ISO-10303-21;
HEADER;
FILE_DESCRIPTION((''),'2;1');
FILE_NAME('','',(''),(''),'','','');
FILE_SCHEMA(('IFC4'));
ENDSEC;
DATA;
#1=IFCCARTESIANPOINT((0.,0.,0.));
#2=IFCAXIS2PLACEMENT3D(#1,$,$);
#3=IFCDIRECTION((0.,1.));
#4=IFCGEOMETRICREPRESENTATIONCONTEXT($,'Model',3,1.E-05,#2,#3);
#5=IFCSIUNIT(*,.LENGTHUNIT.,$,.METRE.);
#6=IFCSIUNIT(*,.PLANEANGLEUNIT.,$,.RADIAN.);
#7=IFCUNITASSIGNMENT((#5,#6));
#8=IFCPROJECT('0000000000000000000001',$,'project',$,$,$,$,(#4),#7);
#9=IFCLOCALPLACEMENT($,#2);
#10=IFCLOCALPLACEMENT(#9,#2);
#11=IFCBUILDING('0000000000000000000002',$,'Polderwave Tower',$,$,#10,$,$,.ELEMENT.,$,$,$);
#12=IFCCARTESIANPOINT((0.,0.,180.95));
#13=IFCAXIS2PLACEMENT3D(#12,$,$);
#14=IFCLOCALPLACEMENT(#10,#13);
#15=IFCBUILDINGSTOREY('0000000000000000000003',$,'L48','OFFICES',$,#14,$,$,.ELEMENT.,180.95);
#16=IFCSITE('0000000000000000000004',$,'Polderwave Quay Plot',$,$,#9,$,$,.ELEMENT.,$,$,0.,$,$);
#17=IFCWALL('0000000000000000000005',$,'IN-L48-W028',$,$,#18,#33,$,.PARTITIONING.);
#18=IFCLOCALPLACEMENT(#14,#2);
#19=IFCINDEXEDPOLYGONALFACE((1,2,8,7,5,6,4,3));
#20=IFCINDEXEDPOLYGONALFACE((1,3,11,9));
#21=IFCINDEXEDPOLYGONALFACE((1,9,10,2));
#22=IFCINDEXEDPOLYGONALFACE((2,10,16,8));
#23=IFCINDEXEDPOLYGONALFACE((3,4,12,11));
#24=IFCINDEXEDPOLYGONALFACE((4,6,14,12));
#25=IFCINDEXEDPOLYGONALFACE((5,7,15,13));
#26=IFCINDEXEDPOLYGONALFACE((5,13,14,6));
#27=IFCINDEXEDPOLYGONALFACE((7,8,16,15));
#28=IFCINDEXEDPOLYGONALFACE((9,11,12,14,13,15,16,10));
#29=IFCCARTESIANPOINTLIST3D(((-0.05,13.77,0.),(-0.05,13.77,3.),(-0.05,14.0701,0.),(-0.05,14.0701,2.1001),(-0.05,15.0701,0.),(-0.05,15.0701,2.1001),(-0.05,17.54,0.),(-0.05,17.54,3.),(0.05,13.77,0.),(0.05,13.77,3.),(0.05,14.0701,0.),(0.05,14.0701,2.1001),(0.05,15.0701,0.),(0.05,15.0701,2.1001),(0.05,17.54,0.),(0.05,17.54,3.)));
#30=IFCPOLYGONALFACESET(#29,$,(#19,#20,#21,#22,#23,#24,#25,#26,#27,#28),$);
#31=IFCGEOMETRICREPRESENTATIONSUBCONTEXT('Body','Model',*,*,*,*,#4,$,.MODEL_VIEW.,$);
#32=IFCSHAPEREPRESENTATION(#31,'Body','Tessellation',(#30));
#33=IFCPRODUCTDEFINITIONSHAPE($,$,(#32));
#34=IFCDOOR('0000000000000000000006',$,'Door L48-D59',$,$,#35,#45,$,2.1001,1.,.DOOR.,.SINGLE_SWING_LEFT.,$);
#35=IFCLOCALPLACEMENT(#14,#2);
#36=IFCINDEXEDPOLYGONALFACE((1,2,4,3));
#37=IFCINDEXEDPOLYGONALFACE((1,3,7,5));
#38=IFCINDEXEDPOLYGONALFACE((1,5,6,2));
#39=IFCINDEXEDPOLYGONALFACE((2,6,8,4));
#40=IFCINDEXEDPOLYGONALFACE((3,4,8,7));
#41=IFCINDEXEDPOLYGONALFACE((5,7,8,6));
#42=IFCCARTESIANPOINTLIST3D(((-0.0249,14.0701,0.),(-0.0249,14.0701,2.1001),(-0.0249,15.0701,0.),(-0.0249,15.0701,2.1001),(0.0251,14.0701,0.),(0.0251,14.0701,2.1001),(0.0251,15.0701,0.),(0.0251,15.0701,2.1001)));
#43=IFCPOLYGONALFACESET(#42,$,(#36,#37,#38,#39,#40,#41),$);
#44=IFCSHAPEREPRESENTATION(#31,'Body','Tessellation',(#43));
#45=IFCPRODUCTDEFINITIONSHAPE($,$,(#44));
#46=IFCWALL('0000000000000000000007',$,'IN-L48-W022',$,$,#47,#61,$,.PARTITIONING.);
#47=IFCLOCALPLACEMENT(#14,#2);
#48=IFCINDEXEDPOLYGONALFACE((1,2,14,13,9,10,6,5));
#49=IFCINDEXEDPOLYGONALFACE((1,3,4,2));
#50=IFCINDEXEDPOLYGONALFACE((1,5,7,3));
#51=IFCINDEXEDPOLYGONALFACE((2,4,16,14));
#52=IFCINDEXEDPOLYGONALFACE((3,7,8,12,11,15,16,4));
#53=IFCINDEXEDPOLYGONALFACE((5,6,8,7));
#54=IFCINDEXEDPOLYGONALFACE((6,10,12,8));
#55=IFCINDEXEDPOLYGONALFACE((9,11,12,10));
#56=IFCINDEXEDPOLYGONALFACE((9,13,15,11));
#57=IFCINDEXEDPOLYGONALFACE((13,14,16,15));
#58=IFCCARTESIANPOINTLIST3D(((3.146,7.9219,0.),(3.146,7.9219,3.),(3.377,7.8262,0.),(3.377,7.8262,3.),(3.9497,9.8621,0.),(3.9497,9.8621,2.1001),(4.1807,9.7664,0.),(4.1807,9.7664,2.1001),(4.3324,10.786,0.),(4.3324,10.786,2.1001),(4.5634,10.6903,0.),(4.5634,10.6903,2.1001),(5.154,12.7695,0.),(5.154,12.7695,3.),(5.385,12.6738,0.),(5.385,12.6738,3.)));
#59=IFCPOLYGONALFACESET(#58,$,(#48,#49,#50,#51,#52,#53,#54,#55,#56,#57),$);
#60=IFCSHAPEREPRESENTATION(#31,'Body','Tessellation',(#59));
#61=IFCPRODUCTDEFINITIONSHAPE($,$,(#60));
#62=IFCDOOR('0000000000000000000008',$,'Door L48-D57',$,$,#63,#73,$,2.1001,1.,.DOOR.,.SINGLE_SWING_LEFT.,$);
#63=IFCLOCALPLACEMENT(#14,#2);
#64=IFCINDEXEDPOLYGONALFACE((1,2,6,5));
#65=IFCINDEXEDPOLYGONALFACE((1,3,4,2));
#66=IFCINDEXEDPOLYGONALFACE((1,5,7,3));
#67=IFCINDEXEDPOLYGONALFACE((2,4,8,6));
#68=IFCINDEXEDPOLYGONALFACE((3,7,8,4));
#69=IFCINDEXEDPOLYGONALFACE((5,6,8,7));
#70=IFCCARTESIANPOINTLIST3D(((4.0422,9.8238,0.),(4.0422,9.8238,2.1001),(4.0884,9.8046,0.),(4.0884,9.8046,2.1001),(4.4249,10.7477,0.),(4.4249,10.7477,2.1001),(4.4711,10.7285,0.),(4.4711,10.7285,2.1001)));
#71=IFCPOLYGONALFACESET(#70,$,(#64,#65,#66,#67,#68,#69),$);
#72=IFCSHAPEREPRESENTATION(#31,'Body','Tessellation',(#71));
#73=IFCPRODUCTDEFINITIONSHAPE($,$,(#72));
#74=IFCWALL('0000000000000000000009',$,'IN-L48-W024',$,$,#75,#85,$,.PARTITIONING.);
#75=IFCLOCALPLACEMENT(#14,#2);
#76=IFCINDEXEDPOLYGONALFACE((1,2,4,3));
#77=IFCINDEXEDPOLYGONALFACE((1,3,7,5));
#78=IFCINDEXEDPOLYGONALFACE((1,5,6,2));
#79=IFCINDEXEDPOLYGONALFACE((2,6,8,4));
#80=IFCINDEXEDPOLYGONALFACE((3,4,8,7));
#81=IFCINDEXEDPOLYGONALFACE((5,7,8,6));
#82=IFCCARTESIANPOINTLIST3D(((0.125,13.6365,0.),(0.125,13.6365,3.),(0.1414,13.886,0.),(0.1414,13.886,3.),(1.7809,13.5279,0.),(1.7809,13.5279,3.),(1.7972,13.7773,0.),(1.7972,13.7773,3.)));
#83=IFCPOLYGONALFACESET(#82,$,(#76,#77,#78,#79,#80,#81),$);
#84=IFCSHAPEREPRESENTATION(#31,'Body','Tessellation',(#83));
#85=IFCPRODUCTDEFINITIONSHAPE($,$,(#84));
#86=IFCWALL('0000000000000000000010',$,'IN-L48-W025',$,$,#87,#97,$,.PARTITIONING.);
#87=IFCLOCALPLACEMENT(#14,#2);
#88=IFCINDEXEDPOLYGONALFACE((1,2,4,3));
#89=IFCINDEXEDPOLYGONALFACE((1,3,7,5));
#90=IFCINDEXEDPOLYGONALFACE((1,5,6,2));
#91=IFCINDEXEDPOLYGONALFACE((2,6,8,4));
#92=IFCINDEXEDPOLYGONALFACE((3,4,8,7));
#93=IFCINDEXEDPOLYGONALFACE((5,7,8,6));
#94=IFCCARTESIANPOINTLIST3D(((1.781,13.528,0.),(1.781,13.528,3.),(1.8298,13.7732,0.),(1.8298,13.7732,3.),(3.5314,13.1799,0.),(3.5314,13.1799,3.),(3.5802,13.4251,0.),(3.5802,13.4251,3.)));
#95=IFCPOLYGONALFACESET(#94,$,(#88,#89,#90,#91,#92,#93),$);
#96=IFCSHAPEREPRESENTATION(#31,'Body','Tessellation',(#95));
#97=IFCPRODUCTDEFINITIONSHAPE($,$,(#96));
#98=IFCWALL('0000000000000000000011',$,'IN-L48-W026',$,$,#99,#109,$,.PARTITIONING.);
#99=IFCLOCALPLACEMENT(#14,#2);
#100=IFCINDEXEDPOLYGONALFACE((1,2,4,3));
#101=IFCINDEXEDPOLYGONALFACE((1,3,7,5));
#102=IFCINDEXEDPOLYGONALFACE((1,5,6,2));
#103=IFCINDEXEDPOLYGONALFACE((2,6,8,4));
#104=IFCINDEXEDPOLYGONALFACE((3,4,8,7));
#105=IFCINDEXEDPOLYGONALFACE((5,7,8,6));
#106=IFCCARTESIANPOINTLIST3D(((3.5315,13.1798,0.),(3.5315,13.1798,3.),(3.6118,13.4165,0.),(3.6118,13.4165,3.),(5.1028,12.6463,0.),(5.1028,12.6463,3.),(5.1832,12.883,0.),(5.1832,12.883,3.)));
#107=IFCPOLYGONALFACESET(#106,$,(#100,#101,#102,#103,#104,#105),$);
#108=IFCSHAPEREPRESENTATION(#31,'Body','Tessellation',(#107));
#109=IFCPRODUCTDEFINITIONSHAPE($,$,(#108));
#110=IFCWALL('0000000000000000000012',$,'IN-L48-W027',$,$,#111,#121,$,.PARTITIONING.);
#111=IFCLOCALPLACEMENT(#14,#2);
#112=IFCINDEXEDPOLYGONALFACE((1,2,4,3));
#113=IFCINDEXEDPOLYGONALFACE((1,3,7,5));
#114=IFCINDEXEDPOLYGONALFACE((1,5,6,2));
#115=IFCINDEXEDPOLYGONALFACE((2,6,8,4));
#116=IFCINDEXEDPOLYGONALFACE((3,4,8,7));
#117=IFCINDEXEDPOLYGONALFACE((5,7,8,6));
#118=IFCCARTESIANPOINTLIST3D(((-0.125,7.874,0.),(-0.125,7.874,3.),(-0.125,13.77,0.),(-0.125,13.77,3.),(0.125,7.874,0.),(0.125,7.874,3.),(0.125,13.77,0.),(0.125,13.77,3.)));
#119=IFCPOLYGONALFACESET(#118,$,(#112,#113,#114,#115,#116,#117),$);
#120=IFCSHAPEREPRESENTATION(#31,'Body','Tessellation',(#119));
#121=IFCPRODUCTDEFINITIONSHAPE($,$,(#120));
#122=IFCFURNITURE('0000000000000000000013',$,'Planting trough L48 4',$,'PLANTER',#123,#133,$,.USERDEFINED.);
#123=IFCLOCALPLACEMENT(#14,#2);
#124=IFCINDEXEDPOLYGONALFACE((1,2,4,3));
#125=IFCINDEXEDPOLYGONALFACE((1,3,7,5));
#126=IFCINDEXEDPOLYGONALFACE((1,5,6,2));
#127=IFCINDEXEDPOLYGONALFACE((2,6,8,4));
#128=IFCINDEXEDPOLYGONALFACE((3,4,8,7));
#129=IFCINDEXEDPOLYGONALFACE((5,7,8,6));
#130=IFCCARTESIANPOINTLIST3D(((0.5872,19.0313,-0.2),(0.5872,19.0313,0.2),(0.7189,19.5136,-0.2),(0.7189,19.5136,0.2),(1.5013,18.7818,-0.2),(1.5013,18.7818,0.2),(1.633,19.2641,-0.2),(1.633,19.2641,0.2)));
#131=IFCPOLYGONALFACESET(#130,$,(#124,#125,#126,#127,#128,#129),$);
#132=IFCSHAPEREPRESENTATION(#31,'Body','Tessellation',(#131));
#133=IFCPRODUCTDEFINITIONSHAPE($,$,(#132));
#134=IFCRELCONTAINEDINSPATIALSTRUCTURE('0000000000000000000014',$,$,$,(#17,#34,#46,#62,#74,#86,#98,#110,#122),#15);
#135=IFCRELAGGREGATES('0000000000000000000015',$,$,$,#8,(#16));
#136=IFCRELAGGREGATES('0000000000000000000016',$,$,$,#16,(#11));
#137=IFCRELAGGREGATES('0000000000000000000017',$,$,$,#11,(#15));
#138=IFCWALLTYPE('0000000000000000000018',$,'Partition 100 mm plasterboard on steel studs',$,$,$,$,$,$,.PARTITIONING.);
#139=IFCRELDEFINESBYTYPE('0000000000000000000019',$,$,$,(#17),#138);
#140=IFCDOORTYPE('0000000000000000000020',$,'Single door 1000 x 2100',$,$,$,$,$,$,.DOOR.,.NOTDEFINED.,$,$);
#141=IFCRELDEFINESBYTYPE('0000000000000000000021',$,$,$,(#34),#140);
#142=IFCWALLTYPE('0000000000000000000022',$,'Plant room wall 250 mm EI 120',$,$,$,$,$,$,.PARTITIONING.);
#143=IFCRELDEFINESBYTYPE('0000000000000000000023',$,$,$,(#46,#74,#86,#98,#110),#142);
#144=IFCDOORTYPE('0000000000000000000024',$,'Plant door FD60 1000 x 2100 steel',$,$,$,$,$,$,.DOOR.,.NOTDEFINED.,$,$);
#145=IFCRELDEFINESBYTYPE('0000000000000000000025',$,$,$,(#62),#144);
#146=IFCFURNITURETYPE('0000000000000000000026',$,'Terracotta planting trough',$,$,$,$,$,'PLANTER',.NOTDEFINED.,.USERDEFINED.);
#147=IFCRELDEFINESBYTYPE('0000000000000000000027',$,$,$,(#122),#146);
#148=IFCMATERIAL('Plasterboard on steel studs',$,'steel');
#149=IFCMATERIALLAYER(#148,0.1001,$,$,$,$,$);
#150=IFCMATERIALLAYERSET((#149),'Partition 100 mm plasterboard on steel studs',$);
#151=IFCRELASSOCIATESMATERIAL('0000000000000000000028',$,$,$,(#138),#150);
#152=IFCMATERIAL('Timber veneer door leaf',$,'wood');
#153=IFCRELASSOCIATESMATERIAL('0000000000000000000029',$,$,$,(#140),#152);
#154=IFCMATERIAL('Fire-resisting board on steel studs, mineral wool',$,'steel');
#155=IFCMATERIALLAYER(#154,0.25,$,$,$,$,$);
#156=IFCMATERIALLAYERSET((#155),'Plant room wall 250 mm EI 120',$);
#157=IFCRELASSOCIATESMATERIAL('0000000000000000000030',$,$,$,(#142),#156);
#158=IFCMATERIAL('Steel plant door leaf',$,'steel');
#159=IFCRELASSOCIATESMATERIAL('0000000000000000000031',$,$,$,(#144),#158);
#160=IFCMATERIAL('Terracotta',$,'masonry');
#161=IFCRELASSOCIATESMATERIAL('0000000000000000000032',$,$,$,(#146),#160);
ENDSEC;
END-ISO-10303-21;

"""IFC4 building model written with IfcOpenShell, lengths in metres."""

from ifc_helpers import new_model, si_unit, direction, frame, frame_2d, origin, origin_2d, place, context, subcontext, project, spatial, rectangle, extrude, material, layer, layer_set, type_object, element, fill, save


model = new_model("IFC4")

# Units and contexts
model_context = context("Model", 3, precision=1e-05, world=origin(), true_north=direction((0.0, 1.0)))
body_context = subcontext(model_context, "Body", "Model", "MODEL_VIEW")
ifc_project = project(units=[si_unit("LENGTHUNIT", "METRE"), si_unit("PLANEANGLEUNIT", "RADIAN")], contexts=[model_context])

# Site, building, storey
site_placement = place(None, origin())
site = spatial("IfcSite", under=ifc_project, at=site_placement, Name="Polderwave Quay Plot", CompositionType="ELEMENT", RefElevation=0.0)
building_placement = place(site_placement, origin())
building = spatial("IfcBuilding", under=site, at=building_placement, Name="Polderwave Tower", CompositionType="ELEMENT")
storey_placement = place(building_placement, frame((0.0, 0.0, 180.95)))
storey = spatial("IfcBuildingStorey", under=building, at=storey_placement, Name="L48", Description="OFFICES", CompositionType="ELEMENT", Elevation=180.95)

# Walls, openings, doors
ifc_material_1 = material(Name="Plasterboard on steel studs", Category="steel")
ifc_layer_1 = layer(ifc_material_1, 0.1001)
ifc_layer_set_1 = layer_set([ifc_layer_1], Name="Partition 100 mm plasterboard on steel studs")
wall_type_1 = type_object("IfcWallType", Name="Partition 100 mm plasterboard on steel studs", PredefinedType="PARTITIONING", material=ifc_layer_set_1)
ifc_material_2 = material(Name="Timber veneer door leaf", Category="wood")
door_type_1 = type_object("IfcDoorType", Name="Single door 1000 x 2100", OperationType="NOTDEFINED", PredefinedType="DOOR", material=ifc_material_2)
wall_1_placement = place(storey_placement, frame((0.0, 13.77, 0.0), z_axis=(0.0, 0.0, 1.0), x_axis=(0.0, 1.0, 0.0)))
wall_1 = element("IfcWall", 1, at=wall_1_placement, inside=storey, type_object=wall_type_1, Name="IN-L48-W028", PredefinedType="PARTITIONING", context=body_context, shape_type="SweptSolid", body=[
    extrude(rectangle(XDim=3.77, YDim=0.1001, at=frame_2d((1.885, 0.0))), origin(), (0.0, 0.0, 1.0), 3.0),
])
opening_1_placement = place(wall_1_placement, frame((0.3, 0.0, 0.0)))
opening_1 = element("IfcOpeningElement", 2, at=opening_1_placement, cuts=wall_1, PredefinedType="OPENING", context=body_context, shape_type="SweptSolid", body=[
    extrude(rectangle(XDim=1.0, YDim=2.1001, at=frame_2d((0.5, 1.05))), frame((0.0, 0.0601, 0.0), z_axis=(0.0, -1.0, 0.0), x_axis=(1.0, 0.0, 0.0)), (0.0, 0.0, 1.0), 0.1201),
])
door_1_placement = place(opening_1_placement, origin())
door_1 = element("IfcDoor", 3, at=door_1_placement, inside=storey, type_object=door_type_1, Name="Door L48-D59", OperationType="SINGLE_SWING_LEFT", OverallHeight=2.1001, OverallWidth=1.0, PredefinedType="DOOR", context=body_context, shape_type="SweptSolid", body=[
    extrude(rectangle(XDim=1.0, YDim=2.1001, at=frame_2d((0.5, 1.05))), frame((0.0, 0.0249, 0.0), z_axis=(0.0, -1.0, 0.0), x_axis=(1.0, 0.0, 0.0)), (0.0, 0.0, 1.0), 0.05),
])
fill(opening_1, door_1)
ifc_material_3 = material(Name="Fire-resisting board on steel studs, mineral wool", Category="steel")
ifc_layer_2 = layer(ifc_material_3, 0.25)
ifc_layer_set_2 = layer_set([ifc_layer_2], Name="Plant room wall 250 mm EI 120")
wall_type_2 = type_object("IfcWallType", Name="Plant room wall 250 mm EI 120", PredefinedType="PARTITIONING", material=ifc_layer_set_2)
wall_2_placement = place(storey_placement, frame((3.2615, 7.874, 0.0), z_axis=(0.0, 0.0, 1.0), x_axis=(0.382698, 0.923873, 0.0)))
wall_2 = element("IfcWall", 4, at=wall_2_placement, inside=storey, type_object=wall_type_2, Name="IN-L48-W022", PredefinedType="PARTITIONING", context=body_context, shape_type="SweptSolid", body=[
    extrude(rectangle(XDim=5.2471, YDim=0.25, at=frame_2d((2.6235, 0.0))), origin(), (0.0, 0.0, 1.0), 3.0),
])
opening_2_placement = place(wall_2_placement, frame((2.1001, 0.0, 0.0)))
opening_2 = element("IfcOpeningElement", 5, at=opening_2_placement, cuts=wall_2, PredefinedType="OPENING", context=body_context, shape_type="SweptSolid", body=[
    extrude(rectangle(XDim=1.0, YDim=2.1001, at=frame_2d((0.5, 1.05))), frame((0.0, 0.135, 0.0), z_axis=(0.0, -1.0, 0.0), x_axis=(1.0, 0.0, 0.0)), (0.0, 0.0, 1.0), 0.27),
])
ifc_material_4 = material(Name="Steel plant door leaf", Category="steel")
door_type_2 = type_object("IfcDoorType", Name="Plant door FD60 1000 x 2100 steel", OperationType="NOTDEFINED", PredefinedType="DOOR", material=ifc_material_4)
door_2_placement = place(opening_2_placement, origin())
door_2 = element("IfcDoor", 6, at=door_2_placement, inside=storey, type_object=door_type_2, Name="Door L48-D57", OperationType="SINGLE_SWING_LEFT", OverallHeight=2.1001, OverallWidth=1.0, PredefinedType="DOOR", context=body_context, shape_type="SweptSolid", body=[
    extrude(rectangle(XDim=1.0, YDim=2.1001, at=frame_2d((0.5, 1.05))), frame((0.0, 0.0249, 0.0), z_axis=(0.0, -1.0, 0.0), x_axis=(1.0, 0.0, 0.0)), (0.0, 0.0, 1.0), 0.05),
])
fill(opening_2, door_2)

# Walls
wall_3_placement = place(storey_placement, frame((0.1333, 13.7612, 0.0), z_axis=(0.0, 0.0, 1.0), x_axis=(0.997854, -0.065474, 0.0)))
element("IfcWall", 7, at=wall_3_placement, inside=storey, type_object=wall_type_2, Name="IN-L48-W024", PredefinedType="PARTITIONING", context=body_context, shape_type="SweptSolid", body=[
    extrude(rectangle(XDim=1.6594, YDim=0.25, at=frame_2d((0.8296, 0.0))), origin(), (0.0, 0.0, 1.0), 3.0),
])
wall_4_placement = place(storey_placement, frame((1.8054, 13.6506, 0.0), z_axis=(0.0, 0.0, 1.0), x_axis=(0.980791, -0.195064, 0.0)))
element("IfcWall", 8, at=wall_4_placement, inside=storey, type_object=wall_type_2, Name="IN-L48-W025", PredefinedType="PARTITIONING", context=body_context, shape_type="SweptSolid", body=[
    extrude(rectangle(XDim=1.7847, YDim=0.25, at=frame_2d((0.8923, 0.0))), origin(), (0.0, 0.0, 1.0), 3.0),
])
wall_5_placement = place(storey_placement, frame((3.5718, 13.2981, 0.0), z_axis=(0.0, 0.0, 1.0), x_axis=(0.946918, -0.321475, 0.0)))
element("IfcWall", 9, at=wall_5_placement, inside=storey, type_object=wall_type_2, Name="IN-L48-W026", PredefinedType="PARTITIONING", context=body_context, shape_type="SweptSolid", body=[
    extrude(rectangle(XDim=1.6594, YDim=0.25, at=frame_2d((0.8296, 0.0))), origin(), (0.0, 0.0, 1.0), 3.0),
])
wall_6_placement = place(storey_placement, frame((0.0, 7.874, 0.0), z_axis=(0.0, 0.0, 1.0), x_axis=(0.0, 1.0, 0.0)))
element("IfcWall", 10, at=wall_6_placement, inside=storey, type_object=wall_type_2, Name="IN-L48-W027", PredefinedType="PARTITIONING", context=body_context, shape_type="SweptSolid", body=[
    extrude(rectangle(XDim=5.896, YDim=0.25, at=frame_2d((2.948, 0.0))), origin(), (0.0, 0.0, 1.0), 3.0),
])

# Furniture
ifc_material_5 = material(Name="Terracotta", Category="masonry")
furniture_type = type_object("IfcFurnitureType", Name="Terracotta planting trough", ElementType="PLANTER", AssemblyPlace="NOTDEFINED", PredefinedType="USERDEFINED", material=ifc_material_5)
furniture_placement = place(storey_placement, frame((1.1101, 19.1477, -0.2), z_axis=(0.0, 0.0, 1.0), x_axis=(-0.964699, 0.263355, 0.0)))
element("IfcFurniture", 11, at=furniture_placement, inside=storey, type_object=furniture_type, Name="Planting trough L48 4", ObjectType="PLANTER", PredefinedType="USERDEFINED", context=body_context, shape_type="SweptSolid", body=[
    extrude(rectangle(XDim=0.9475, YDim=0.5, at=origin_2d()), origin(), (0.0, 0.0, 1.0), 0.3999),
])

save(model, "model.ifc")
